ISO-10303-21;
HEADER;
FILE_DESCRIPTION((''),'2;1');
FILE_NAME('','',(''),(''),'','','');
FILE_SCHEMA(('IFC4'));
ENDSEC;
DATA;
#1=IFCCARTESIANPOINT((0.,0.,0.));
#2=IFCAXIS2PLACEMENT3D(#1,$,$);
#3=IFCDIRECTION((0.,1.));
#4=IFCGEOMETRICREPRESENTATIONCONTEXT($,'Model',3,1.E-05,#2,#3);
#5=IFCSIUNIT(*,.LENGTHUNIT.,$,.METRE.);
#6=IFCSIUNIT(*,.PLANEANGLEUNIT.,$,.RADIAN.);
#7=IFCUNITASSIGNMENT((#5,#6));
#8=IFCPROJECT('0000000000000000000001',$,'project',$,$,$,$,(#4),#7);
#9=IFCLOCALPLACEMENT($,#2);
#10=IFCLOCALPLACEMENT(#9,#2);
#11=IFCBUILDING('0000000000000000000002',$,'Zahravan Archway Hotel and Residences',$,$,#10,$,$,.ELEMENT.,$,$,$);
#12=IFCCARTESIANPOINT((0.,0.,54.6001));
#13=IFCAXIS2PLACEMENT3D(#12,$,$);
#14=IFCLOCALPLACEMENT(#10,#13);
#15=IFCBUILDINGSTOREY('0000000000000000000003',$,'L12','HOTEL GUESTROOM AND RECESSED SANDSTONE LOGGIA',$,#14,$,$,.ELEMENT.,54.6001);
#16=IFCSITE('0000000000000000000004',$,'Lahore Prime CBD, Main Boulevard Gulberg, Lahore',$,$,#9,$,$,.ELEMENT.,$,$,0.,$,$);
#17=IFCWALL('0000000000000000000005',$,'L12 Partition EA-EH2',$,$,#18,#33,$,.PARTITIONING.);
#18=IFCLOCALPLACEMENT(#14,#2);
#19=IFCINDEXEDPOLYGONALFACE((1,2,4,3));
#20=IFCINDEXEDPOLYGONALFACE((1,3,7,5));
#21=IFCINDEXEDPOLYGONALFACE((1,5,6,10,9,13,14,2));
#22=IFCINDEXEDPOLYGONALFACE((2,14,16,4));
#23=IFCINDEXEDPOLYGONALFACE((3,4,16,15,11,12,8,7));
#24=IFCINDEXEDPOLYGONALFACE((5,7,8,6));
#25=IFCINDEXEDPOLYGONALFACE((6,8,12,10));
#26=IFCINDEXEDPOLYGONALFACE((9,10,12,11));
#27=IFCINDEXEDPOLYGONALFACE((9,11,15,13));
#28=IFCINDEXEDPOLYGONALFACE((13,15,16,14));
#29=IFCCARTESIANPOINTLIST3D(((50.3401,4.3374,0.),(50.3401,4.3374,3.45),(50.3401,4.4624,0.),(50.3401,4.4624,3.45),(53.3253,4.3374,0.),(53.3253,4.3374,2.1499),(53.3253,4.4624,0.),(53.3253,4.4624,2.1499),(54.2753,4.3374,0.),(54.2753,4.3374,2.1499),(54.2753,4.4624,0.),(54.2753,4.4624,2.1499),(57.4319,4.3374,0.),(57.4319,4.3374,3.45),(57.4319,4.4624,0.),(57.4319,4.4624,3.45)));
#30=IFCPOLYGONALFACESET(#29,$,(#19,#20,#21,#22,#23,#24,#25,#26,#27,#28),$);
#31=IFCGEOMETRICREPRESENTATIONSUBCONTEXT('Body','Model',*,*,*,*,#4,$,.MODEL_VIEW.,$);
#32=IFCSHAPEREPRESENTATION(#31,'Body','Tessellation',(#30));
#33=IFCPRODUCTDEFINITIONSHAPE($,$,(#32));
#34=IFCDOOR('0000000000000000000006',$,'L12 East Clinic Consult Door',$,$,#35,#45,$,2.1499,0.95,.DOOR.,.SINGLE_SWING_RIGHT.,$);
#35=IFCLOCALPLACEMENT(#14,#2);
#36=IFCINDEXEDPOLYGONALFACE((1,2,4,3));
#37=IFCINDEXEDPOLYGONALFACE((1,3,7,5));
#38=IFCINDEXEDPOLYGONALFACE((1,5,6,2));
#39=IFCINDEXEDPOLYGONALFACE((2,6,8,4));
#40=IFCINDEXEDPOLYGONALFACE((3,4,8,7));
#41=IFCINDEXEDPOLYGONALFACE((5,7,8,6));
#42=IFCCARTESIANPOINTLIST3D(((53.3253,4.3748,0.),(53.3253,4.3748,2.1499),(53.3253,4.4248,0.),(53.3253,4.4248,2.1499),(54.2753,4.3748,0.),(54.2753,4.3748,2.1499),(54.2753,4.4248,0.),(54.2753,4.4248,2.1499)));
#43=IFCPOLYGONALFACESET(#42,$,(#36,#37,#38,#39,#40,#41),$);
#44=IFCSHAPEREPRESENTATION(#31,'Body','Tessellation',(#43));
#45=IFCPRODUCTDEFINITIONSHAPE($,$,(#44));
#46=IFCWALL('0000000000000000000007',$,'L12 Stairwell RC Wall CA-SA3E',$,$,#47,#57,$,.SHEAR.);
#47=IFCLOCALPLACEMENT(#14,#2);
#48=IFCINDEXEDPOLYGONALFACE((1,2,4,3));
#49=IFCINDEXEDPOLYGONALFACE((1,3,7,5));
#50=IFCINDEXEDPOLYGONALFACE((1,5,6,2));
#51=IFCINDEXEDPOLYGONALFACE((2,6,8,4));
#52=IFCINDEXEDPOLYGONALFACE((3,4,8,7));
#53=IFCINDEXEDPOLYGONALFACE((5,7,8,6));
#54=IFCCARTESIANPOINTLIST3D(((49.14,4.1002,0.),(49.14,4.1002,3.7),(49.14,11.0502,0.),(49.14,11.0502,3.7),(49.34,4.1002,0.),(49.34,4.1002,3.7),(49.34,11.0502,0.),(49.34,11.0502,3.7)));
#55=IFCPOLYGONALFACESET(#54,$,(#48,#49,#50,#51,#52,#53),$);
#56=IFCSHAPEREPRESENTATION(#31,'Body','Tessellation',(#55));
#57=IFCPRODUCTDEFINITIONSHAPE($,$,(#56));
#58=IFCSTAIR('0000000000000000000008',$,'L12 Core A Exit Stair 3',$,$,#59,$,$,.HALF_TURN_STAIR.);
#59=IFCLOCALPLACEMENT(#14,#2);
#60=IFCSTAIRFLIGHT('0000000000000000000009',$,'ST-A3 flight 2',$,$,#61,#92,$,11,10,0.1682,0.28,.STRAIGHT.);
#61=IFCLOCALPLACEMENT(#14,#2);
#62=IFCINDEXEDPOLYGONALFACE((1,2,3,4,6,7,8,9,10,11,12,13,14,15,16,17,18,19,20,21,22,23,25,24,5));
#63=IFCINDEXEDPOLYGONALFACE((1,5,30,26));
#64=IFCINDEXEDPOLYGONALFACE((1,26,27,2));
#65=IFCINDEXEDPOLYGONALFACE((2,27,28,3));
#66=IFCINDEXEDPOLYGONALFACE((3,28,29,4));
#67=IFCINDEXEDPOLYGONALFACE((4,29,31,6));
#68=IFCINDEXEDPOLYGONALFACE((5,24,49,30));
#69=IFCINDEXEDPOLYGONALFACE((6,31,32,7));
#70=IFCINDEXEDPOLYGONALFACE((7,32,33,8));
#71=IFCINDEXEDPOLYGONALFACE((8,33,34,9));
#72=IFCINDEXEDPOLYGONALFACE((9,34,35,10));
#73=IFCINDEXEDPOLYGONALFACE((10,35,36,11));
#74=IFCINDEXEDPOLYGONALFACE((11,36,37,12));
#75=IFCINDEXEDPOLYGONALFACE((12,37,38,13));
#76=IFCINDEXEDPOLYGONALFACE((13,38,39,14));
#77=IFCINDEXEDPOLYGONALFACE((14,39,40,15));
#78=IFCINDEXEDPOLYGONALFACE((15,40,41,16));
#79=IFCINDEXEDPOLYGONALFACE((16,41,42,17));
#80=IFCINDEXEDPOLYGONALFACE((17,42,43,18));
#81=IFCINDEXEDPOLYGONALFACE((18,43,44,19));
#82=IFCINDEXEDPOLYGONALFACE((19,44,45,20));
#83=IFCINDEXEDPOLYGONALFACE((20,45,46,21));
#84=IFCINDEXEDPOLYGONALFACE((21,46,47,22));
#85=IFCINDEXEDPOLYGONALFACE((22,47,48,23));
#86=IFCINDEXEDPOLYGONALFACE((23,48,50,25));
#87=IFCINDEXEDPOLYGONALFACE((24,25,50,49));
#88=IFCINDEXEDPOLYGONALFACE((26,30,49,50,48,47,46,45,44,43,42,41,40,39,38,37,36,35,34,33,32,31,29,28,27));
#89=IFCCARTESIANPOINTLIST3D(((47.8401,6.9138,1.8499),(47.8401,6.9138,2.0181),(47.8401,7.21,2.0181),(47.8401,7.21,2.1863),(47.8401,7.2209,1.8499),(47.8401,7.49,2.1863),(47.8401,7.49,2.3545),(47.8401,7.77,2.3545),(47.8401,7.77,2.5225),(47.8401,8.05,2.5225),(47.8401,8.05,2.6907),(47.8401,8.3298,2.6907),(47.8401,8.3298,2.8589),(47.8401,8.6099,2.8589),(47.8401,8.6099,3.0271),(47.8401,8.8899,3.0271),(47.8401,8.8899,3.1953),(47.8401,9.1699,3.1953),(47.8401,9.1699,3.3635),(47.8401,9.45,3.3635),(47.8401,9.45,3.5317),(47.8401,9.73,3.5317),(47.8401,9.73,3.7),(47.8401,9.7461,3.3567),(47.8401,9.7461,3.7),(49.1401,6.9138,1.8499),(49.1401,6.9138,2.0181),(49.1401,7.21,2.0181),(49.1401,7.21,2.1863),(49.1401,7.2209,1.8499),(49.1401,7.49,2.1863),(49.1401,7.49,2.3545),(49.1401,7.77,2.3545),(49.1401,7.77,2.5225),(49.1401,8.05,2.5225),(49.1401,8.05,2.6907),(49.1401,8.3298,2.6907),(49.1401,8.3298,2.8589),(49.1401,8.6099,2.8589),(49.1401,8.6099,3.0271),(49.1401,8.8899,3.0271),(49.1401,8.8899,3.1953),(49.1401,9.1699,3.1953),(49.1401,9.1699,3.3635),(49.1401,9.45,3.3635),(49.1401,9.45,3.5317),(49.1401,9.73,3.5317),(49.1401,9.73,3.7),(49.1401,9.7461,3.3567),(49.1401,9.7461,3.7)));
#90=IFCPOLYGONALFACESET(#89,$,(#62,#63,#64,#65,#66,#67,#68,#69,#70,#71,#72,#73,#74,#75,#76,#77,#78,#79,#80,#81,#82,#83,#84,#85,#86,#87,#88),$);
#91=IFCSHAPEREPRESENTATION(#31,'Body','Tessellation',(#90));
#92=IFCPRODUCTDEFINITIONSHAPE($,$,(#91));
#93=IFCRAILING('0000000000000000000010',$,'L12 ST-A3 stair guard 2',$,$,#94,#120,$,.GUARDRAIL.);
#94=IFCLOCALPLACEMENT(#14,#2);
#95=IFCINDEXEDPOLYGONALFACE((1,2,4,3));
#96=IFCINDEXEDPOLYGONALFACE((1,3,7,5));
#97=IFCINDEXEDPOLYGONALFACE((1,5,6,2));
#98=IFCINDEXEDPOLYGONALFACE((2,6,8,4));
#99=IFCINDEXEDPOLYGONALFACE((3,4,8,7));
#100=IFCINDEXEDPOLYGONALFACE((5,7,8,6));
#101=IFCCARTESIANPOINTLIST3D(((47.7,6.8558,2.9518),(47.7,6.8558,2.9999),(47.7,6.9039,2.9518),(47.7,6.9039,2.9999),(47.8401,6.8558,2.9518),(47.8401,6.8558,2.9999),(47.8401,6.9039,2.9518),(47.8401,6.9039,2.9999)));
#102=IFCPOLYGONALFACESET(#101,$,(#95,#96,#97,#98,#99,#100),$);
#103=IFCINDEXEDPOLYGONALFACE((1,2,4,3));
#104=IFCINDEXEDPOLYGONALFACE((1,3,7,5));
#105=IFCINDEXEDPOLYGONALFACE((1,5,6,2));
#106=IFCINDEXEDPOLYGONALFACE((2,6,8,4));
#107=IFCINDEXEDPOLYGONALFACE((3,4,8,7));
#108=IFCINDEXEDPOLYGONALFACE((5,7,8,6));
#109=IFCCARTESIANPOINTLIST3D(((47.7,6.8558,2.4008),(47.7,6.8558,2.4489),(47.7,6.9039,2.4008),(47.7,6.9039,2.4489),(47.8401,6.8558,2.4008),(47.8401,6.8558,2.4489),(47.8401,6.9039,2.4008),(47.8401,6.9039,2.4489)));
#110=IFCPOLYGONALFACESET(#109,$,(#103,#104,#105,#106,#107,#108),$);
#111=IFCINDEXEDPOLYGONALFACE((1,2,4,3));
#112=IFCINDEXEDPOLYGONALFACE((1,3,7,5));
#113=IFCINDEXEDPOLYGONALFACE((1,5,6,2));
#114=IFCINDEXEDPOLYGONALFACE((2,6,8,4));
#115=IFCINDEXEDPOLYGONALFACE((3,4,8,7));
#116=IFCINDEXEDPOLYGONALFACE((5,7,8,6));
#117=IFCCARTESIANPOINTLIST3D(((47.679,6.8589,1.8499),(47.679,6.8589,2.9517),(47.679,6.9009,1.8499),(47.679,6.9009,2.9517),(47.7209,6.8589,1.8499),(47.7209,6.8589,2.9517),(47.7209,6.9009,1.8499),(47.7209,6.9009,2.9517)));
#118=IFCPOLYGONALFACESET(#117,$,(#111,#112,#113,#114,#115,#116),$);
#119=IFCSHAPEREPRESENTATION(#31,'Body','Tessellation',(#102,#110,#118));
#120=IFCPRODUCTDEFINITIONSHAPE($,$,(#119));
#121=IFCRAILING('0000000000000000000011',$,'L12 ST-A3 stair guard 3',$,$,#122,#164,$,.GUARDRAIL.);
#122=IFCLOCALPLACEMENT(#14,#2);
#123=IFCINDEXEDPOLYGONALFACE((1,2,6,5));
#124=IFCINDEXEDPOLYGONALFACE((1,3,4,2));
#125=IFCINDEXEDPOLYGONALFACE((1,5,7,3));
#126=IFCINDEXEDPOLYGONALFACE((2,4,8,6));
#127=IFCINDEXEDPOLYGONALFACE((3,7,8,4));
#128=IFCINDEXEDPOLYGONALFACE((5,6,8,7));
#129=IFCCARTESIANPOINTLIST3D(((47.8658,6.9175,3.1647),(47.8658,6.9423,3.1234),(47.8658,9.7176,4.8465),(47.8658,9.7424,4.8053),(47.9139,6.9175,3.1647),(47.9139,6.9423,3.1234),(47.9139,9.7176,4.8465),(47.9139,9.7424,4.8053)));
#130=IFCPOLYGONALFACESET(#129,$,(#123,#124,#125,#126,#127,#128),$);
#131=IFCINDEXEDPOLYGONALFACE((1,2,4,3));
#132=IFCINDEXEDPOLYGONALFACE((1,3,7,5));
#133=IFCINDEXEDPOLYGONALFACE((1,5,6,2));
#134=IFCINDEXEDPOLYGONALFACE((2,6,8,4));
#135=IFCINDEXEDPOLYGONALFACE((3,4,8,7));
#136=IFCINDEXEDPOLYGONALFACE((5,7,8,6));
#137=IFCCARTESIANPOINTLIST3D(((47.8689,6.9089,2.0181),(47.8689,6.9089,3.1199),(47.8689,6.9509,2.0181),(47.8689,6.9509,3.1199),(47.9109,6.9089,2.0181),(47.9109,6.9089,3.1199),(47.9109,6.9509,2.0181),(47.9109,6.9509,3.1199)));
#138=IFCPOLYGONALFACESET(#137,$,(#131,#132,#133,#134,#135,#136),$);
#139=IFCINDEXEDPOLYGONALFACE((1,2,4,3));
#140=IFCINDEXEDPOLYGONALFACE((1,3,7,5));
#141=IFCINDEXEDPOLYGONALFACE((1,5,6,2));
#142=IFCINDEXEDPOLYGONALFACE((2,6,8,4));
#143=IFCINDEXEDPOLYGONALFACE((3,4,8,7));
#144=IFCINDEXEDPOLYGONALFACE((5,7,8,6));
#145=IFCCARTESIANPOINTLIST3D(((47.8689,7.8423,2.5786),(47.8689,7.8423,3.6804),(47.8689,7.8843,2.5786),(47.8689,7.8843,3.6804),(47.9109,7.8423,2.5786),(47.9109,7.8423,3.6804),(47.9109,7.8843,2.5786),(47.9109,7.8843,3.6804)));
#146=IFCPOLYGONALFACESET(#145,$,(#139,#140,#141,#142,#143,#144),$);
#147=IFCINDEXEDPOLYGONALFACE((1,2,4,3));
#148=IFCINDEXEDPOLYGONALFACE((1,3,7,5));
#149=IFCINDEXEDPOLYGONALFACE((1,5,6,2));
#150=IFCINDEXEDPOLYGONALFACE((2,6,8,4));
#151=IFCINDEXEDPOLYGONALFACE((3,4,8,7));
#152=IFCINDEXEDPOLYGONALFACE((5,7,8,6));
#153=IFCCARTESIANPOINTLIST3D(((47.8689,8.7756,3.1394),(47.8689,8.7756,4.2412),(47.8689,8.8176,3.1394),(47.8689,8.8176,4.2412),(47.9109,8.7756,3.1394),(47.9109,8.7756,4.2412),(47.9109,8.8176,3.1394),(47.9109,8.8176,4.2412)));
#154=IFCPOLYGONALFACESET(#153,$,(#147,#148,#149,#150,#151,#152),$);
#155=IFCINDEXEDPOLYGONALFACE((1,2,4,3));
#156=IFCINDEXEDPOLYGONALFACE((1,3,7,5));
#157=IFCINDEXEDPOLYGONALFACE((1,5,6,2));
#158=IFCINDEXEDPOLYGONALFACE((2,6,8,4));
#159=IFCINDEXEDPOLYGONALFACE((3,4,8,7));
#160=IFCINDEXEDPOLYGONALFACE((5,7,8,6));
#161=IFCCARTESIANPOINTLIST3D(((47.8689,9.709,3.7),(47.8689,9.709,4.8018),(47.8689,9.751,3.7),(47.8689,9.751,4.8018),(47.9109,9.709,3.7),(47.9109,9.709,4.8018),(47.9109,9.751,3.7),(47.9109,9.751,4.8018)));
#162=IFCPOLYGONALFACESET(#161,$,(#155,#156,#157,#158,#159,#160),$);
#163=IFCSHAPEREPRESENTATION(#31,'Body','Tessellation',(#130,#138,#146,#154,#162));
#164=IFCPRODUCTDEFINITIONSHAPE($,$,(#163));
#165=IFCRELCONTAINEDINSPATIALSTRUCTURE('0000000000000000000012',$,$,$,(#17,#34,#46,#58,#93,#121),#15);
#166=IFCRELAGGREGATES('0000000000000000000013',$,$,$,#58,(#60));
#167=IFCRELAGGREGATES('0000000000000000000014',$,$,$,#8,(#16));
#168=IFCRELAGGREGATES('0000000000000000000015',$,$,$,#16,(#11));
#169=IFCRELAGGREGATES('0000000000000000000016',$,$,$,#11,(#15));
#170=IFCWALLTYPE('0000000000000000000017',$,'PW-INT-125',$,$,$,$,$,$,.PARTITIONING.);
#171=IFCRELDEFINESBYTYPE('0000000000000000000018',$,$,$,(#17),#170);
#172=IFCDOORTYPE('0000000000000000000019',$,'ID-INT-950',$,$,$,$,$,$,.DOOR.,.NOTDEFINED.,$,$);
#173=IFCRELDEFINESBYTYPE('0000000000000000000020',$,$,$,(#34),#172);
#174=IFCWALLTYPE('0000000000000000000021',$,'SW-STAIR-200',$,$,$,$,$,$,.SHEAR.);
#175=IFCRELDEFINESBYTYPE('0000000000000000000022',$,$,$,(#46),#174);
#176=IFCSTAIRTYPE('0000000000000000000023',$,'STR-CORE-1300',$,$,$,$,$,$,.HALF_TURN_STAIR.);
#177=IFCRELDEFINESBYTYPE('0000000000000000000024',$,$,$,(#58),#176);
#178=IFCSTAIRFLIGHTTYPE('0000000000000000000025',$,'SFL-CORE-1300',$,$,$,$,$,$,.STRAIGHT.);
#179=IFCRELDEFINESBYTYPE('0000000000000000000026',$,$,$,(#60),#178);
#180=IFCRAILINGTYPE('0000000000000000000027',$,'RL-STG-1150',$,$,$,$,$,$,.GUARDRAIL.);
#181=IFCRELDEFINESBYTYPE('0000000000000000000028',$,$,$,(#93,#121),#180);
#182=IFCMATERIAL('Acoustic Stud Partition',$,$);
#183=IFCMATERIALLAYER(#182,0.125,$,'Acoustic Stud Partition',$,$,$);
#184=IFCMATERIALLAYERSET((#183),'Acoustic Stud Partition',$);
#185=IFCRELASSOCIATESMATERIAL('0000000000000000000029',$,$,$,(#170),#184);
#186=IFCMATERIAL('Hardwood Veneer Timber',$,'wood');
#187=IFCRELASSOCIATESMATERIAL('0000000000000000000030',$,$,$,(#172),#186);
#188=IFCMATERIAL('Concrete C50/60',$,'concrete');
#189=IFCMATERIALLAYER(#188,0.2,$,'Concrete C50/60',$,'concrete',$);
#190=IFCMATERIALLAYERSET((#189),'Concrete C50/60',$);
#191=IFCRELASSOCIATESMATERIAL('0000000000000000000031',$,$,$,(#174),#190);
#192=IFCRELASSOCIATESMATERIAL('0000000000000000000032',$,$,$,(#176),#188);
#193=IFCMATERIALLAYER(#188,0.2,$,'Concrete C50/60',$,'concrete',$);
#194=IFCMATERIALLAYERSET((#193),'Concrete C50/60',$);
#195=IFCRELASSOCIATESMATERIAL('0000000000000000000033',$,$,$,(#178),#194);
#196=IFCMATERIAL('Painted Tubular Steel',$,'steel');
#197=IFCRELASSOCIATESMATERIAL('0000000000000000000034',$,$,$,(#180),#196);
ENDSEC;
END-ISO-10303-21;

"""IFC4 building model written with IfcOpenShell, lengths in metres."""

from ifc_helpers import new_model, si_unit, direction, frame, frame_2d, origin, origin_2d, place, context, subcontext, project, spatial, polyline, rectangle, outline, extrude, source, transform, mapped, material, layer, layer_set, type_object, type_shapes, element, fill, aggregate, save


model = new_model("IFC4")

# Units and contexts
model_context = context("Model", 3, precision=1e-05, world=origin(), true_north=direction((0.0, 1.0)))
body_context = subcontext(model_context, "Body", "Model", "MODEL_VIEW")
ifc_project = project(units=[si_unit("LENGTHUNIT", "METRE"), si_unit("PLANEANGLEUNIT", "RADIAN")], contexts=[model_context])

# Site, building, storey
site_placement = place(None, origin())
site = spatial("IfcSite", under=ifc_project, at=site_placement, Name="Lahore Prime CBD, Main Boulevard Gulberg, Lahore", CompositionType="ELEMENT", RefElevation=0.0)
building_placement = place(site_placement, origin())
building = spatial("IfcBuilding", under=site, at=building_placement, Name="Zahravan Archway Hotel and Residences", CompositionType="ELEMENT")
storey_placement = place(building_placement, frame((0.0, 0.0, 54.6001)))
storey = spatial("IfcBuildingStorey", under=building, at=storey_placement, Name="L12", Description="HOTEL GUESTROOM AND RECESSED SANDSTONE LOGGIA", CompositionType="ELEMENT", Elevation=54.6001)

# Wall, opening, door
ifc_material_1 = material(Name="Acoustic Stud Partition")
ifc_layer_1 = layer(ifc_material_1, 0.125, Name="Acoustic Stud Partition")
ifc_layer_set_1 = layer_set([ifc_layer_1], Name="Acoustic Stud Partition")
wall_type_1 = type_object("IfcWallType", Name="PW-INT-125", PredefinedType="PARTITIONING", material=ifc_layer_set_1)
wall_1_placement = place(storey_placement, frame((50.3401, 4.3999, 0.0), z_axis=(0.0, 0.0, 1.0), x_axis=(1.0, 0.0, 0.0)))
wall_1 = element("IfcWall", 1, at=wall_1_placement, inside=storey, type_object=wall_type_1, Name="L12 Partition EA-EH2", PredefinedType="PARTITIONING", context=body_context, shape_type="SweptSolid", body=[
    extrude(rectangle(XDim=7.0918, YDim=0.125, at=frame_2d((3.5459, 0.0))), origin(), (0.0, 0.0, 1.0), 3.45),
])
opening_1_placement = place(wall_1_placement, frame((2.9851, 0.0, 0.0)))
opening_1 = element("IfcOpeningElement", 2, at=opening_1_placement, cuts=wall_1, PredefinedType="OPENING", context=body_context, shape_type="SweptSolid", body=[
    extrude(rectangle(XDim=0.95, YDim=2.1499, at=frame_2d((0.4751, 1.075))), frame((0.0, 0.0725, 0.0), z_axis=(0.0, -1.0, 0.0), x_axis=(1.0, 0.0, 0.0)), (0.0, 0.0, 1.0), 0.145),
])
ifc_material_2 = material(Name="Hardwood Veneer Timber", Category="wood")
door_type_1 = type_object("IfcDoorType", Name="ID-INT-950", OperationType="NOTDEFINED", PredefinedType="DOOR", material=ifc_material_2)
shared_shape_1 = source(origin(), body_context, "Body", "SweptSolid", [
    extrude(rectangle(XDim=0.95, YDim=2.1499, at=frame_2d((0.4751, 1.075))), frame((0.0, 0.0249, 0.0), z_axis=(0.0, -1.0, 0.0), x_axis=(1.0, 0.0, 0.0)), (0.0, 0.0, 1.0), 0.05),
])
type_shapes(door_type_1, [shared_shape_1])
door_1_placement = place(opening_1_placement, origin())
door_1 = element("IfcDoor", 3, at=door_1_placement, inside=storey, type_object=door_type_1, Name="L12 East Clinic Consult Door", OperationType="SINGLE_SWING_RIGHT", OverallHeight=2.1499, OverallWidth=0.95, PredefinedType="DOOR", context=body_context, shape_type="MappedRepresentation", body=[
    mapped(shared_shape_1, transform((0.0, 0.0, 0.0), scale=1.0)),
])
fill(opening_1, door_1)

# Wall
ifc_material_3 = material(Name="Concrete C50/60", Category="concrete")
ifc_layer_2 = layer(ifc_material_3, 0.2, Name="Concrete C50/60", Category="concrete")
ifc_layer_set_2 = layer_set([ifc_layer_2], Name="Concrete C50/60")
wall_type_2 = type_object("IfcWallType", Name="SW-STAIR-200", PredefinedType="SHEAR", material=ifc_layer_set_2)
wall_2_placement = place(storey_placement, frame((49.24, 4.1001, 0.0), z_axis=(0.0, 0.0, 1.0), x_axis=(0.0, 1.0, 0.0)))
element("IfcWall", 4, at=wall_2_placement, inside=storey, type_object=wall_type_2, Name="L12 Stairwell RC Wall CA-SA3E", PredefinedType="SHEAR", context=body_context, shape_type="SweptSolid", body=[
    extrude(rectangle(XDim=6.95, YDim=0.2, at=frame_2d((3.4751, 0.0))), origin(), (0.0, 0.0, 1.0), 3.7),
])

# Stair, stair flight
stair_type = type_object("IfcStairType", Name="STR-CORE-1300", PredefinedType="HALF_TURN_STAIR", material=ifc_material_3)
stair_placement = place(storey_placement, origin())
stair = element("IfcStair", 5, at=stair_placement, inside=storey, type_object=stair_type, Name="L12 Core A Exit Stair 3", PredefinedType="HALF_TURN_STAIR")
ifc_layer_3 = layer(ifc_material_3, 0.2, Name="Concrete C50/60", Category="concrete")
ifc_layer_set_3 = layer_set([ifc_layer_3], Name="Concrete C50/60")
stair_flight_type = type_object("IfcStairFlightType", Name="SFL-CORE-1300", PredefinedType="STRAIGHT", material=ifc_layer_set_3)
shared_shape_2 = source(origin(), body_context, "Body", "SweptSolid", [
    extrude(outline(polyline([(-0.0161, 0.0), (-0.0161, 0.1682), (0.28, 0.1682), (0.28, 0.3364), (0.5601, 0.3364), (0.5601, 0.5046), (0.8401, 0.5046), (0.8401, 0.6726), (1.1201, 0.6726), (1.1201, 0.8408), (1.3999, 0.8408), (1.3999, 1.009), (1.6799, 1.009), (1.6799, 1.1772), (1.96, 1.1772), (1.96, 1.3455), (2.24, 1.3455), (2.24, 1.5137), (2.52, 1.5137), (2.52, 1.6819), (2.8, 1.6819), (2.8, 1.8501), (2.8162, 1.8501), (2.8162, 1.5068), (0.291, 0.0), (-0.0161, 0.0)])), frame((0.0, 0.6499, 0.0), z_axis=(0.0, -1.0, 0.0), x_axis=(1.0, 0.0, 0.0)), (0.0, 0.0, 1.0), 1.3),
])
stair_flight_placement = place(storey_placement, frame((48.49, 6.9299, 1.8499), z_axis=(0.0, 0.0, 1.0), x_axis=(0.0, 1.0, 0.0)))
stair_flight = element("IfcStairFlight", 6, at=stair_flight_placement, type_object=stair_flight_type, Name="ST-A3 flight 2", NumberOfRisers=11, NumberOfTreads=10, PredefinedType="STRAIGHT", RiserHeight=0.1682, TreadLength=0.28, context=body_context, shape_type="MappedRepresentation", body=[
    mapped(shared_shape_2, transform((0.0, 0.0, 0.0), scale=1.0)),
])
aggregate(stair, [stair_flight])

# Railings
ifc_material_4 = material(Name="Painted Tubular Steel", Category="steel")
railing_type_1 = type_object("IfcRailingType", Name="RL-STG-1150", PredefinedType="GUARDRAIL", material=ifc_material_4)
railing_1_placement = place(storey_placement, frame((47.7, 6.8799, 1.8499)))
element("IfcRailing", 7, at=railing_1_placement, inside=storey, type_object=railing_type_1, Name="L12 ST-A3 stair guard 2", PredefinedType="GUARDRAIL", context=body_context, shape_type="SweptSolid", body=[
    extrude(rectangle(XDim=0.0481, YDim=0.0481, at=origin_2d()), frame((0.0, 0.0, 1.126), z_axis=(1.0, 0.0, 0.0), x_axis=(0.0, 1.0, 0.0)), (0.0, 0.0, 1.0), 0.1401),
    extrude(rectangle(XDim=0.0481, YDim=0.0481, at=origin_2d()), frame((0.0, 0.0, 0.575), z_axis=(1.0, 0.0, 0.0), x_axis=(0.0, 1.0, 0.0)), (0.0, 0.0, 1.0), 0.1401),
    extrude(rectangle(XDim=0.042, YDim=0.042, at=origin_2d()), origin(), (0.0, 0.0, 1.0), 1.1018),
])
railing_2_placement = place(storey_placement, frame((47.8899, 6.9299, 2.0181)))
element("IfcRailing", 8, at=railing_2_placement, inside=storey, type_object=railing_type_1, Name="L12 ST-A3 stair guard 3", PredefinedType="GUARDRAIL", context=body_context, shape_type="SweptSolid", body=[
    extrude(rectangle(XDim=0.0481, YDim=0.0481, at=origin_2d()), frame((0.0, 0.0, 1.126), z_axis=(0.0, 0.857242, 0.514913), x_axis=(-1.0, 0.0, 0.0)), (0.0, 0.0, 1.0), 3.2664),
    extrude(rectangle(XDim=0.042, YDim=0.042, at=origin_2d()), origin(), (0.0, 0.0, 1.0), 1.1018),
    extrude(rectangle(XDim=0.042, YDim=0.042, at=origin_2d()), frame((0.0, 0.9333, 0.5605)), (0.0, 0.0, 1.0), 1.1018),
    extrude(rectangle(XDim=0.042, YDim=0.042, at=origin_2d()), frame((0.0, 1.8667, 1.1213)), (0.0, 0.0, 1.0), 1.1018),
    extrude(rectangle(XDim=0.042, YDim=0.042, at=origin_2d()), frame((0.0, 2.8, 1.6819)), (0.0, 0.0, 1.0), 1.1018),
])

save(model, "model.ifc")
